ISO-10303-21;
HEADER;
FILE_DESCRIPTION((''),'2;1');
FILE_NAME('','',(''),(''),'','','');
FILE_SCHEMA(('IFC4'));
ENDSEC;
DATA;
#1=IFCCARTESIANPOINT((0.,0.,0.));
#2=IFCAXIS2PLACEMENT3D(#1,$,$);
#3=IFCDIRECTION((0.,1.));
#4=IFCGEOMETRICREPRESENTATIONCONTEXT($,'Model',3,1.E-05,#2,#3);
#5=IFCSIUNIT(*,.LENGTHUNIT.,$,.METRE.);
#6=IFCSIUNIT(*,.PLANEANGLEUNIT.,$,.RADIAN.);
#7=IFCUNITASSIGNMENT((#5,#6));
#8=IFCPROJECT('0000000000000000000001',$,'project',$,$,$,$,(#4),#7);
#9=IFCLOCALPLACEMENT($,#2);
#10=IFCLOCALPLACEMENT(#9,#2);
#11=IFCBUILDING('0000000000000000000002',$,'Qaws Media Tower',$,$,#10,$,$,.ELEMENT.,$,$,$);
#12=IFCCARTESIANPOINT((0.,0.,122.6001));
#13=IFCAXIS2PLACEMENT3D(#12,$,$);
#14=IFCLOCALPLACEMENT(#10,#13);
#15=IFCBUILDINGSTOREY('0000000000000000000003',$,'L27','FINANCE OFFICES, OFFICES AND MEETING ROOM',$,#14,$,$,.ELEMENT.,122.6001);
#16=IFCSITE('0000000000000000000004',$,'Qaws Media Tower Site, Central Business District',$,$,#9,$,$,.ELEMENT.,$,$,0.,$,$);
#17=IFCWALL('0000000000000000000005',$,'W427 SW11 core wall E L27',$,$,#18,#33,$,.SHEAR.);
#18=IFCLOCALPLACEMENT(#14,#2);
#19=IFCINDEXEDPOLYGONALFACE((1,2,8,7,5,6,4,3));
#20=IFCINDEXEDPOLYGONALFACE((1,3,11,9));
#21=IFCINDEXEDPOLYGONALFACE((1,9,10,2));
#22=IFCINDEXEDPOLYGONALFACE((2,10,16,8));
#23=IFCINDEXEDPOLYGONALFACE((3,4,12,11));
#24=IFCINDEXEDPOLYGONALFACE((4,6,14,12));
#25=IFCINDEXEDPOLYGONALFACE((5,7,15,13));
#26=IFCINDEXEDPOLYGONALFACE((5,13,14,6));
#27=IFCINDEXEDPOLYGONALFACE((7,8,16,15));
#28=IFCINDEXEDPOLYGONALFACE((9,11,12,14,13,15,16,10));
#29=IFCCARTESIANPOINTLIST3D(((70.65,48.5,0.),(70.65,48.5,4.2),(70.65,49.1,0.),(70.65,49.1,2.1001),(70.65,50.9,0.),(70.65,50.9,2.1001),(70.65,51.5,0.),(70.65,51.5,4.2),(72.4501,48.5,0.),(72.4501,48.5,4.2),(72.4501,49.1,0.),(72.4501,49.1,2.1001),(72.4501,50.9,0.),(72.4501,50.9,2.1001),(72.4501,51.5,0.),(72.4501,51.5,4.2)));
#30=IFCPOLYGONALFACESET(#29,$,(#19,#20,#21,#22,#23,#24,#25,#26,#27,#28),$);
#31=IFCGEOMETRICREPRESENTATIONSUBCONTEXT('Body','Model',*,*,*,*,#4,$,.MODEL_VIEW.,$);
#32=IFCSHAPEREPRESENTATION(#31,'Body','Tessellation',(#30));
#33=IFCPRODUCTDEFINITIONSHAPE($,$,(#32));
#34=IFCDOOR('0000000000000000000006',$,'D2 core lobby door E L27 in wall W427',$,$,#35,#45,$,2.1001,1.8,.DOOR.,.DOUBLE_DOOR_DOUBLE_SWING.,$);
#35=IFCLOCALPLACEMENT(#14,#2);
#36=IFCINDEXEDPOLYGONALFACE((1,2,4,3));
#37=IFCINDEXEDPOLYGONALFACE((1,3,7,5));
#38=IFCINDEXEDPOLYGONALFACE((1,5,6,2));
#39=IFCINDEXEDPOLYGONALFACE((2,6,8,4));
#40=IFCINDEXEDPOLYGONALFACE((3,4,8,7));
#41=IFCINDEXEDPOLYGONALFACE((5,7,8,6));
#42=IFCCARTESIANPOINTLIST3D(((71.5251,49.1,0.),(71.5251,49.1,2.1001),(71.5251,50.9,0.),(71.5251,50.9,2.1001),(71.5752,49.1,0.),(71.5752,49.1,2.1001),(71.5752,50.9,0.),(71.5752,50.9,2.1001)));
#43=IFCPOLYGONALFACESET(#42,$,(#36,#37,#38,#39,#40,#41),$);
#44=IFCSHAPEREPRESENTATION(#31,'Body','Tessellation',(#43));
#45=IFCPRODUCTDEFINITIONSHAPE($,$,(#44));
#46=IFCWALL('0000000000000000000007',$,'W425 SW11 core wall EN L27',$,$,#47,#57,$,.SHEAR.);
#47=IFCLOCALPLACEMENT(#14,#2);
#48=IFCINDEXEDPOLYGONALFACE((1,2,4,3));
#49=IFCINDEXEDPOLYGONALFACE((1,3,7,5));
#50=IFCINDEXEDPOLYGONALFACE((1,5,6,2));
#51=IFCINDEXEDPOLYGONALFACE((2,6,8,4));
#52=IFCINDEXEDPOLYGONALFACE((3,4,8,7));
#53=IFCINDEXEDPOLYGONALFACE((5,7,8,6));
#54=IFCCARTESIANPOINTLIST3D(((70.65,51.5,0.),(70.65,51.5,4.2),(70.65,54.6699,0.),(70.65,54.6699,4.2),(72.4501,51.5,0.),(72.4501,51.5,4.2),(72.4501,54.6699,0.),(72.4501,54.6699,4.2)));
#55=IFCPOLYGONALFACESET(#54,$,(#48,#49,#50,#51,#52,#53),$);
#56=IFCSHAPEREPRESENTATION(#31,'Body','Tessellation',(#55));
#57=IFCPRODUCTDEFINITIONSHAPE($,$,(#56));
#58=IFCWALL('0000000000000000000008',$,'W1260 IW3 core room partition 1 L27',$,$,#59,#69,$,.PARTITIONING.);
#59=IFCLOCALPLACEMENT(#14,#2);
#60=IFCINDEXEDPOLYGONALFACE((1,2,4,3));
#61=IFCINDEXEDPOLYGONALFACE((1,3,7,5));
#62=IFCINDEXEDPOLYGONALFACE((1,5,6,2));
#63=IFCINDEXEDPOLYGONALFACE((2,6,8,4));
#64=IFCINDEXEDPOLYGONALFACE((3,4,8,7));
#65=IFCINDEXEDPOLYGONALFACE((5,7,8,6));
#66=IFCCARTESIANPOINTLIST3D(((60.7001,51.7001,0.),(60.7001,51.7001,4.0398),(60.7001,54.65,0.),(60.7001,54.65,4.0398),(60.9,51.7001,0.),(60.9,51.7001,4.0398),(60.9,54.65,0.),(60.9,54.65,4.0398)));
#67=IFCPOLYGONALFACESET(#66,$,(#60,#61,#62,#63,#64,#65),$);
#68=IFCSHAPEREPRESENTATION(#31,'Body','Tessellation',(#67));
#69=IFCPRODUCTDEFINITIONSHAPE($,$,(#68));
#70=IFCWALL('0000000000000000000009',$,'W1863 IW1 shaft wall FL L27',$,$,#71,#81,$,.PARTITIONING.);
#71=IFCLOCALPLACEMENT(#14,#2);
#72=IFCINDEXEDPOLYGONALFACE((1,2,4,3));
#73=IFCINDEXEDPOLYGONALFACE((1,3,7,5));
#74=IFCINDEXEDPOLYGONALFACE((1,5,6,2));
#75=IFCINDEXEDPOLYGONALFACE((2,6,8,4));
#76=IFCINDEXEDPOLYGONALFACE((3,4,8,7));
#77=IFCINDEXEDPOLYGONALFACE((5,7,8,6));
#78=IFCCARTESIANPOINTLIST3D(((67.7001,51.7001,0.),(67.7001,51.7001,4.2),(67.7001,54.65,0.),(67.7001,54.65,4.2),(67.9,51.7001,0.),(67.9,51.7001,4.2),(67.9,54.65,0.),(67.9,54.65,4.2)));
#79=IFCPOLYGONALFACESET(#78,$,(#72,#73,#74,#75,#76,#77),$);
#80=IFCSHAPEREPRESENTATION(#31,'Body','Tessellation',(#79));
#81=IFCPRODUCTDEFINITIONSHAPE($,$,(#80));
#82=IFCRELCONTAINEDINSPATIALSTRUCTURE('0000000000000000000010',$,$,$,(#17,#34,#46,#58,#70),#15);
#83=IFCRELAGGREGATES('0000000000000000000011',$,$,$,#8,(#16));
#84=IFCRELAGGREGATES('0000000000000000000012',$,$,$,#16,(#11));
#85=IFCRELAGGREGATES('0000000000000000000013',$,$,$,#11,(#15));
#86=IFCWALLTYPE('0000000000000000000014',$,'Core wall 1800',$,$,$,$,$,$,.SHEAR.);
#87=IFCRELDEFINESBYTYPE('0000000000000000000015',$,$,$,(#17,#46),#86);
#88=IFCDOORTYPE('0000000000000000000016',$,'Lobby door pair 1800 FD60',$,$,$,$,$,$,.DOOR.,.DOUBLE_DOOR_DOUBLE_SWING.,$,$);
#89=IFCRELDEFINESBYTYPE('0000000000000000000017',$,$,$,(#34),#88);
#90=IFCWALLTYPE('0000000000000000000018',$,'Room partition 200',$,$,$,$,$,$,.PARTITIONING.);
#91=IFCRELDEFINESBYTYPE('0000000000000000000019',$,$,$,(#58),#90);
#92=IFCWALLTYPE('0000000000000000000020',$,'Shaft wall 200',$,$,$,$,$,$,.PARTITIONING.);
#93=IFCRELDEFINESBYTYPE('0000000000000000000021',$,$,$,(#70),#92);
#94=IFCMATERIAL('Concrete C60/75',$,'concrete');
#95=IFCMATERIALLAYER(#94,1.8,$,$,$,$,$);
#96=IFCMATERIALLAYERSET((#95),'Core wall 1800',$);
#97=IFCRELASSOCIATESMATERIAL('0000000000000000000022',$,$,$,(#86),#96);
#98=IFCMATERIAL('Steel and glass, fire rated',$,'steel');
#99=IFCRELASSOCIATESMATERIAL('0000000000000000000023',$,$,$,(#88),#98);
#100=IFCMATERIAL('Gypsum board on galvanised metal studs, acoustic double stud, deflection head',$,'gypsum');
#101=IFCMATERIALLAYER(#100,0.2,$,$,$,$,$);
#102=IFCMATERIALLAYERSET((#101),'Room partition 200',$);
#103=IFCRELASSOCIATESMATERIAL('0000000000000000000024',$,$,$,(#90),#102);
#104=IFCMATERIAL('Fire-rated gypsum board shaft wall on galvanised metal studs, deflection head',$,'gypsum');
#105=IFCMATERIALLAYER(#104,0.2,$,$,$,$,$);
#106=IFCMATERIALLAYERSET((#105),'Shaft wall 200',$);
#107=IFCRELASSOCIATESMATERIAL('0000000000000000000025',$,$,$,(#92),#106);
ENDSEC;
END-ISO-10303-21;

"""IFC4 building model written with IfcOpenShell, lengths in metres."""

from ifc_helpers import new_model, si_unit, direction, frame, frame_2d, origin, place, context, subcontext, project, spatial, rectangle, extrude, material, layer, layer_set, type_object, element, fill, save


model = new_model("IFC4")

# Units and contexts
model_context = context("Model", 3, precision=1e-05, world=origin(), true_north=direction((0.0, 1.0)))
body_context = subcontext(model_context, "Body", "Model", "MODEL_VIEW")
ifc_project = project(units=[si_unit("LENGTHUNIT", "METRE"), si_unit("PLANEANGLEUNIT", "RADIAN")], contexts=[model_context])

# Site, building, storey
site_placement = place(None, origin())
site = spatial("IfcSite", under=ifc_project, at=site_placement, Name="Qaws Media Tower Site, Central Business District", CompositionType="ELEMENT", RefElevation=0.0)
building_placement = place(site_placement, origin())
building = spatial("IfcBuilding", under=site, at=building_placement, Name="Qaws Media Tower", CompositionType="ELEMENT")
storey_placement = place(building_placement, frame((0.0, 0.0, 122.6001)))
storey = spatial("IfcBuildingStorey", under=building, at=storey_placement, Name="L27", Description="FINANCE OFFICES, OFFICES AND MEETING ROOM", CompositionType="ELEMENT", Elevation=122.6001)

# Shared definitions
ifc_material_1 = material(Name="Concrete C60/75", Category="concrete")
ifc_layer_1 = layer(ifc_material_1, 1.8)
ifc_layer_set_1 = layer_set([ifc_layer_1], Name="Core wall 1800")
wall_type_1 = type_object("IfcWallType", Name="Core wall 1800", PredefinedType="SHEAR", material=ifc_layer_set_1)

# Wall, opening, door
wall_1_placement = place(storey_placement, frame((71.55, 48.5, 0.0), z_axis=(0.0, 0.0, 1.0), x_axis=(0.0, 1.0, 0.0)))
wall_1 = element("IfcWall", 1, at=wall_1_placement, inside=storey, type_object=wall_type_1, Name="W427 SW11 core wall E L27", PredefinedType="SHEAR", context=body_context, shape_type="SweptSolid", body=[
    extrude(rectangle(XDim=3.0, YDim=1.8, at=frame_2d((1.5, 0.0))), origin(), (0.0, 0.0, 1.0), 4.2),
])
opening_1_placement = place(wall_1_placement, frame((0.6001, 0.0, 0.0)))
opening_1 = element("IfcOpeningElement", 2, at=opening_1_placement, cuts=wall_1, PredefinedType="OPENING", context=body_context, shape_type="SweptSolid", body=[
    extrude(rectangle(XDim=1.8, YDim=2.1001, at=frame_2d((0.8999, 1.05))), frame((0.0, 0.9099, 0.0), z_axis=(0.0, -1.0, 0.0), x_axis=(1.0, 0.0, 0.0)), (0.0, 0.0, 1.0), 1.8201),
])
ifc_material_2 = material(Name="Steel and glass, fire rated", Category="steel")
door_type_1 = type_object("IfcDoorType", Name="Lobby door pair 1800 FD60", OperationType="DOUBLE_DOOR_DOUBLE_SWING", PredefinedType="DOOR", material=ifc_material_2)
door_1_placement = place(opening_1_placement, origin())
door_1 = element("IfcDoor", 3, at=door_1_placement, inside=storey, type_object=door_type_1, Name="D2 core lobby door E L27 in wall W427", OperationType="DOUBLE_DOOR_DOUBLE_SWING", OverallHeight=2.1001, OverallWidth=1.8, PredefinedType="DOOR", context=body_context, shape_type="SweptSolid", body=[
    extrude(rectangle(XDim=1.8, YDim=2.1001, at=frame_2d((0.8999, 1.05))), frame((0.0, 0.0249, 0.0), z_axis=(0.0, -1.0, 0.0), x_axis=(1.0, 0.0, 0.0)), (0.0, 0.0, 1.0), 0.05),
])
fill(opening_1, door_1)

# Walls
wall_2_placement = place(storey_placement, frame((71.55, 51.5, 0.0), z_axis=(0.0, 0.0, 1.0), x_axis=(0.0, 1.0, 0.0)))
element("IfcWall", 4, at=wall_2_placement, inside=storey, type_object=wall_type_1, Name="W425 SW11 core wall EN L27", PredefinedType="SHEAR", context=body_context, shape_type="SweptSolid", body=[
    extrude(rectangle(XDim=3.1699, YDim=1.8, at=frame_2d((1.585, 0.0))), origin(), (0.0, 0.0, 1.0), 4.2),
])
ifc_material_3 = material(Name="Gypsum board on galvanised metal studs, acoustic double stud, deflection head", Category="gypsum")
ifc_layer_2 = layer(ifc_material_3, 0.2)
ifc_layer_set_2 = layer_set([ifc_layer_2], Name="Room partition 200")
wall_type_2 = type_object("IfcWallType", Name="Room partition 200", PredefinedType="PARTITIONING", material=ifc_layer_set_2)
wall_3_placement = place(storey_placement, frame((60.8, 51.7, 0.0), z_axis=(0.0, 0.0, 1.0), x_axis=(0.0, 1.0, 0.0)))
element("IfcWall", 5, at=wall_3_placement, inside=storey, type_object=wall_type_2, Name="W1260 IW3 core room partition 1 L27", PredefinedType="PARTITIONING", context=body_context, shape_type="SweptSolid", body=[
    extrude(rectangle(XDim=2.95, YDim=0.2, at=frame_2d((1.4751, 0.0))), origin(), (0.0, 0.0, 1.0), 4.0398),
])
ifc_material_4 = material(Name="Fire-rated gypsum board shaft wall on galvanised metal studs, deflection head", Category="gypsum")
ifc_layer_3 = layer(ifc_material_4, 0.2)
ifc_layer_set_3 = layer_set([ifc_layer_3], Name="Shaft wall 200")
wall_type_3 = type_object("IfcWallType", Name="Shaft wall 200", PredefinedType="PARTITIONING", material=ifc_layer_set_3)
wall_4_placement = place(storey_placement, frame((67.8, 51.7, 0.0), z_axis=(0.0, 0.0, 1.0), x_axis=(0.0, 1.0, 0.0)))
element("IfcWall", 6, at=wall_4_placement, inside=storey, type_object=wall_type_3, Name="W1863 IW1 shaft wall FL L27", PredefinedType="PARTITIONING", context=body_context, shape_type="SweptSolid", body=[
    extrude(rectangle(XDim=2.95, YDim=0.2, at=frame_2d((1.4751, 0.0))), origin(), (0.0, 0.0, 1.0), 4.2),
])

save(model, "model.ifc")
